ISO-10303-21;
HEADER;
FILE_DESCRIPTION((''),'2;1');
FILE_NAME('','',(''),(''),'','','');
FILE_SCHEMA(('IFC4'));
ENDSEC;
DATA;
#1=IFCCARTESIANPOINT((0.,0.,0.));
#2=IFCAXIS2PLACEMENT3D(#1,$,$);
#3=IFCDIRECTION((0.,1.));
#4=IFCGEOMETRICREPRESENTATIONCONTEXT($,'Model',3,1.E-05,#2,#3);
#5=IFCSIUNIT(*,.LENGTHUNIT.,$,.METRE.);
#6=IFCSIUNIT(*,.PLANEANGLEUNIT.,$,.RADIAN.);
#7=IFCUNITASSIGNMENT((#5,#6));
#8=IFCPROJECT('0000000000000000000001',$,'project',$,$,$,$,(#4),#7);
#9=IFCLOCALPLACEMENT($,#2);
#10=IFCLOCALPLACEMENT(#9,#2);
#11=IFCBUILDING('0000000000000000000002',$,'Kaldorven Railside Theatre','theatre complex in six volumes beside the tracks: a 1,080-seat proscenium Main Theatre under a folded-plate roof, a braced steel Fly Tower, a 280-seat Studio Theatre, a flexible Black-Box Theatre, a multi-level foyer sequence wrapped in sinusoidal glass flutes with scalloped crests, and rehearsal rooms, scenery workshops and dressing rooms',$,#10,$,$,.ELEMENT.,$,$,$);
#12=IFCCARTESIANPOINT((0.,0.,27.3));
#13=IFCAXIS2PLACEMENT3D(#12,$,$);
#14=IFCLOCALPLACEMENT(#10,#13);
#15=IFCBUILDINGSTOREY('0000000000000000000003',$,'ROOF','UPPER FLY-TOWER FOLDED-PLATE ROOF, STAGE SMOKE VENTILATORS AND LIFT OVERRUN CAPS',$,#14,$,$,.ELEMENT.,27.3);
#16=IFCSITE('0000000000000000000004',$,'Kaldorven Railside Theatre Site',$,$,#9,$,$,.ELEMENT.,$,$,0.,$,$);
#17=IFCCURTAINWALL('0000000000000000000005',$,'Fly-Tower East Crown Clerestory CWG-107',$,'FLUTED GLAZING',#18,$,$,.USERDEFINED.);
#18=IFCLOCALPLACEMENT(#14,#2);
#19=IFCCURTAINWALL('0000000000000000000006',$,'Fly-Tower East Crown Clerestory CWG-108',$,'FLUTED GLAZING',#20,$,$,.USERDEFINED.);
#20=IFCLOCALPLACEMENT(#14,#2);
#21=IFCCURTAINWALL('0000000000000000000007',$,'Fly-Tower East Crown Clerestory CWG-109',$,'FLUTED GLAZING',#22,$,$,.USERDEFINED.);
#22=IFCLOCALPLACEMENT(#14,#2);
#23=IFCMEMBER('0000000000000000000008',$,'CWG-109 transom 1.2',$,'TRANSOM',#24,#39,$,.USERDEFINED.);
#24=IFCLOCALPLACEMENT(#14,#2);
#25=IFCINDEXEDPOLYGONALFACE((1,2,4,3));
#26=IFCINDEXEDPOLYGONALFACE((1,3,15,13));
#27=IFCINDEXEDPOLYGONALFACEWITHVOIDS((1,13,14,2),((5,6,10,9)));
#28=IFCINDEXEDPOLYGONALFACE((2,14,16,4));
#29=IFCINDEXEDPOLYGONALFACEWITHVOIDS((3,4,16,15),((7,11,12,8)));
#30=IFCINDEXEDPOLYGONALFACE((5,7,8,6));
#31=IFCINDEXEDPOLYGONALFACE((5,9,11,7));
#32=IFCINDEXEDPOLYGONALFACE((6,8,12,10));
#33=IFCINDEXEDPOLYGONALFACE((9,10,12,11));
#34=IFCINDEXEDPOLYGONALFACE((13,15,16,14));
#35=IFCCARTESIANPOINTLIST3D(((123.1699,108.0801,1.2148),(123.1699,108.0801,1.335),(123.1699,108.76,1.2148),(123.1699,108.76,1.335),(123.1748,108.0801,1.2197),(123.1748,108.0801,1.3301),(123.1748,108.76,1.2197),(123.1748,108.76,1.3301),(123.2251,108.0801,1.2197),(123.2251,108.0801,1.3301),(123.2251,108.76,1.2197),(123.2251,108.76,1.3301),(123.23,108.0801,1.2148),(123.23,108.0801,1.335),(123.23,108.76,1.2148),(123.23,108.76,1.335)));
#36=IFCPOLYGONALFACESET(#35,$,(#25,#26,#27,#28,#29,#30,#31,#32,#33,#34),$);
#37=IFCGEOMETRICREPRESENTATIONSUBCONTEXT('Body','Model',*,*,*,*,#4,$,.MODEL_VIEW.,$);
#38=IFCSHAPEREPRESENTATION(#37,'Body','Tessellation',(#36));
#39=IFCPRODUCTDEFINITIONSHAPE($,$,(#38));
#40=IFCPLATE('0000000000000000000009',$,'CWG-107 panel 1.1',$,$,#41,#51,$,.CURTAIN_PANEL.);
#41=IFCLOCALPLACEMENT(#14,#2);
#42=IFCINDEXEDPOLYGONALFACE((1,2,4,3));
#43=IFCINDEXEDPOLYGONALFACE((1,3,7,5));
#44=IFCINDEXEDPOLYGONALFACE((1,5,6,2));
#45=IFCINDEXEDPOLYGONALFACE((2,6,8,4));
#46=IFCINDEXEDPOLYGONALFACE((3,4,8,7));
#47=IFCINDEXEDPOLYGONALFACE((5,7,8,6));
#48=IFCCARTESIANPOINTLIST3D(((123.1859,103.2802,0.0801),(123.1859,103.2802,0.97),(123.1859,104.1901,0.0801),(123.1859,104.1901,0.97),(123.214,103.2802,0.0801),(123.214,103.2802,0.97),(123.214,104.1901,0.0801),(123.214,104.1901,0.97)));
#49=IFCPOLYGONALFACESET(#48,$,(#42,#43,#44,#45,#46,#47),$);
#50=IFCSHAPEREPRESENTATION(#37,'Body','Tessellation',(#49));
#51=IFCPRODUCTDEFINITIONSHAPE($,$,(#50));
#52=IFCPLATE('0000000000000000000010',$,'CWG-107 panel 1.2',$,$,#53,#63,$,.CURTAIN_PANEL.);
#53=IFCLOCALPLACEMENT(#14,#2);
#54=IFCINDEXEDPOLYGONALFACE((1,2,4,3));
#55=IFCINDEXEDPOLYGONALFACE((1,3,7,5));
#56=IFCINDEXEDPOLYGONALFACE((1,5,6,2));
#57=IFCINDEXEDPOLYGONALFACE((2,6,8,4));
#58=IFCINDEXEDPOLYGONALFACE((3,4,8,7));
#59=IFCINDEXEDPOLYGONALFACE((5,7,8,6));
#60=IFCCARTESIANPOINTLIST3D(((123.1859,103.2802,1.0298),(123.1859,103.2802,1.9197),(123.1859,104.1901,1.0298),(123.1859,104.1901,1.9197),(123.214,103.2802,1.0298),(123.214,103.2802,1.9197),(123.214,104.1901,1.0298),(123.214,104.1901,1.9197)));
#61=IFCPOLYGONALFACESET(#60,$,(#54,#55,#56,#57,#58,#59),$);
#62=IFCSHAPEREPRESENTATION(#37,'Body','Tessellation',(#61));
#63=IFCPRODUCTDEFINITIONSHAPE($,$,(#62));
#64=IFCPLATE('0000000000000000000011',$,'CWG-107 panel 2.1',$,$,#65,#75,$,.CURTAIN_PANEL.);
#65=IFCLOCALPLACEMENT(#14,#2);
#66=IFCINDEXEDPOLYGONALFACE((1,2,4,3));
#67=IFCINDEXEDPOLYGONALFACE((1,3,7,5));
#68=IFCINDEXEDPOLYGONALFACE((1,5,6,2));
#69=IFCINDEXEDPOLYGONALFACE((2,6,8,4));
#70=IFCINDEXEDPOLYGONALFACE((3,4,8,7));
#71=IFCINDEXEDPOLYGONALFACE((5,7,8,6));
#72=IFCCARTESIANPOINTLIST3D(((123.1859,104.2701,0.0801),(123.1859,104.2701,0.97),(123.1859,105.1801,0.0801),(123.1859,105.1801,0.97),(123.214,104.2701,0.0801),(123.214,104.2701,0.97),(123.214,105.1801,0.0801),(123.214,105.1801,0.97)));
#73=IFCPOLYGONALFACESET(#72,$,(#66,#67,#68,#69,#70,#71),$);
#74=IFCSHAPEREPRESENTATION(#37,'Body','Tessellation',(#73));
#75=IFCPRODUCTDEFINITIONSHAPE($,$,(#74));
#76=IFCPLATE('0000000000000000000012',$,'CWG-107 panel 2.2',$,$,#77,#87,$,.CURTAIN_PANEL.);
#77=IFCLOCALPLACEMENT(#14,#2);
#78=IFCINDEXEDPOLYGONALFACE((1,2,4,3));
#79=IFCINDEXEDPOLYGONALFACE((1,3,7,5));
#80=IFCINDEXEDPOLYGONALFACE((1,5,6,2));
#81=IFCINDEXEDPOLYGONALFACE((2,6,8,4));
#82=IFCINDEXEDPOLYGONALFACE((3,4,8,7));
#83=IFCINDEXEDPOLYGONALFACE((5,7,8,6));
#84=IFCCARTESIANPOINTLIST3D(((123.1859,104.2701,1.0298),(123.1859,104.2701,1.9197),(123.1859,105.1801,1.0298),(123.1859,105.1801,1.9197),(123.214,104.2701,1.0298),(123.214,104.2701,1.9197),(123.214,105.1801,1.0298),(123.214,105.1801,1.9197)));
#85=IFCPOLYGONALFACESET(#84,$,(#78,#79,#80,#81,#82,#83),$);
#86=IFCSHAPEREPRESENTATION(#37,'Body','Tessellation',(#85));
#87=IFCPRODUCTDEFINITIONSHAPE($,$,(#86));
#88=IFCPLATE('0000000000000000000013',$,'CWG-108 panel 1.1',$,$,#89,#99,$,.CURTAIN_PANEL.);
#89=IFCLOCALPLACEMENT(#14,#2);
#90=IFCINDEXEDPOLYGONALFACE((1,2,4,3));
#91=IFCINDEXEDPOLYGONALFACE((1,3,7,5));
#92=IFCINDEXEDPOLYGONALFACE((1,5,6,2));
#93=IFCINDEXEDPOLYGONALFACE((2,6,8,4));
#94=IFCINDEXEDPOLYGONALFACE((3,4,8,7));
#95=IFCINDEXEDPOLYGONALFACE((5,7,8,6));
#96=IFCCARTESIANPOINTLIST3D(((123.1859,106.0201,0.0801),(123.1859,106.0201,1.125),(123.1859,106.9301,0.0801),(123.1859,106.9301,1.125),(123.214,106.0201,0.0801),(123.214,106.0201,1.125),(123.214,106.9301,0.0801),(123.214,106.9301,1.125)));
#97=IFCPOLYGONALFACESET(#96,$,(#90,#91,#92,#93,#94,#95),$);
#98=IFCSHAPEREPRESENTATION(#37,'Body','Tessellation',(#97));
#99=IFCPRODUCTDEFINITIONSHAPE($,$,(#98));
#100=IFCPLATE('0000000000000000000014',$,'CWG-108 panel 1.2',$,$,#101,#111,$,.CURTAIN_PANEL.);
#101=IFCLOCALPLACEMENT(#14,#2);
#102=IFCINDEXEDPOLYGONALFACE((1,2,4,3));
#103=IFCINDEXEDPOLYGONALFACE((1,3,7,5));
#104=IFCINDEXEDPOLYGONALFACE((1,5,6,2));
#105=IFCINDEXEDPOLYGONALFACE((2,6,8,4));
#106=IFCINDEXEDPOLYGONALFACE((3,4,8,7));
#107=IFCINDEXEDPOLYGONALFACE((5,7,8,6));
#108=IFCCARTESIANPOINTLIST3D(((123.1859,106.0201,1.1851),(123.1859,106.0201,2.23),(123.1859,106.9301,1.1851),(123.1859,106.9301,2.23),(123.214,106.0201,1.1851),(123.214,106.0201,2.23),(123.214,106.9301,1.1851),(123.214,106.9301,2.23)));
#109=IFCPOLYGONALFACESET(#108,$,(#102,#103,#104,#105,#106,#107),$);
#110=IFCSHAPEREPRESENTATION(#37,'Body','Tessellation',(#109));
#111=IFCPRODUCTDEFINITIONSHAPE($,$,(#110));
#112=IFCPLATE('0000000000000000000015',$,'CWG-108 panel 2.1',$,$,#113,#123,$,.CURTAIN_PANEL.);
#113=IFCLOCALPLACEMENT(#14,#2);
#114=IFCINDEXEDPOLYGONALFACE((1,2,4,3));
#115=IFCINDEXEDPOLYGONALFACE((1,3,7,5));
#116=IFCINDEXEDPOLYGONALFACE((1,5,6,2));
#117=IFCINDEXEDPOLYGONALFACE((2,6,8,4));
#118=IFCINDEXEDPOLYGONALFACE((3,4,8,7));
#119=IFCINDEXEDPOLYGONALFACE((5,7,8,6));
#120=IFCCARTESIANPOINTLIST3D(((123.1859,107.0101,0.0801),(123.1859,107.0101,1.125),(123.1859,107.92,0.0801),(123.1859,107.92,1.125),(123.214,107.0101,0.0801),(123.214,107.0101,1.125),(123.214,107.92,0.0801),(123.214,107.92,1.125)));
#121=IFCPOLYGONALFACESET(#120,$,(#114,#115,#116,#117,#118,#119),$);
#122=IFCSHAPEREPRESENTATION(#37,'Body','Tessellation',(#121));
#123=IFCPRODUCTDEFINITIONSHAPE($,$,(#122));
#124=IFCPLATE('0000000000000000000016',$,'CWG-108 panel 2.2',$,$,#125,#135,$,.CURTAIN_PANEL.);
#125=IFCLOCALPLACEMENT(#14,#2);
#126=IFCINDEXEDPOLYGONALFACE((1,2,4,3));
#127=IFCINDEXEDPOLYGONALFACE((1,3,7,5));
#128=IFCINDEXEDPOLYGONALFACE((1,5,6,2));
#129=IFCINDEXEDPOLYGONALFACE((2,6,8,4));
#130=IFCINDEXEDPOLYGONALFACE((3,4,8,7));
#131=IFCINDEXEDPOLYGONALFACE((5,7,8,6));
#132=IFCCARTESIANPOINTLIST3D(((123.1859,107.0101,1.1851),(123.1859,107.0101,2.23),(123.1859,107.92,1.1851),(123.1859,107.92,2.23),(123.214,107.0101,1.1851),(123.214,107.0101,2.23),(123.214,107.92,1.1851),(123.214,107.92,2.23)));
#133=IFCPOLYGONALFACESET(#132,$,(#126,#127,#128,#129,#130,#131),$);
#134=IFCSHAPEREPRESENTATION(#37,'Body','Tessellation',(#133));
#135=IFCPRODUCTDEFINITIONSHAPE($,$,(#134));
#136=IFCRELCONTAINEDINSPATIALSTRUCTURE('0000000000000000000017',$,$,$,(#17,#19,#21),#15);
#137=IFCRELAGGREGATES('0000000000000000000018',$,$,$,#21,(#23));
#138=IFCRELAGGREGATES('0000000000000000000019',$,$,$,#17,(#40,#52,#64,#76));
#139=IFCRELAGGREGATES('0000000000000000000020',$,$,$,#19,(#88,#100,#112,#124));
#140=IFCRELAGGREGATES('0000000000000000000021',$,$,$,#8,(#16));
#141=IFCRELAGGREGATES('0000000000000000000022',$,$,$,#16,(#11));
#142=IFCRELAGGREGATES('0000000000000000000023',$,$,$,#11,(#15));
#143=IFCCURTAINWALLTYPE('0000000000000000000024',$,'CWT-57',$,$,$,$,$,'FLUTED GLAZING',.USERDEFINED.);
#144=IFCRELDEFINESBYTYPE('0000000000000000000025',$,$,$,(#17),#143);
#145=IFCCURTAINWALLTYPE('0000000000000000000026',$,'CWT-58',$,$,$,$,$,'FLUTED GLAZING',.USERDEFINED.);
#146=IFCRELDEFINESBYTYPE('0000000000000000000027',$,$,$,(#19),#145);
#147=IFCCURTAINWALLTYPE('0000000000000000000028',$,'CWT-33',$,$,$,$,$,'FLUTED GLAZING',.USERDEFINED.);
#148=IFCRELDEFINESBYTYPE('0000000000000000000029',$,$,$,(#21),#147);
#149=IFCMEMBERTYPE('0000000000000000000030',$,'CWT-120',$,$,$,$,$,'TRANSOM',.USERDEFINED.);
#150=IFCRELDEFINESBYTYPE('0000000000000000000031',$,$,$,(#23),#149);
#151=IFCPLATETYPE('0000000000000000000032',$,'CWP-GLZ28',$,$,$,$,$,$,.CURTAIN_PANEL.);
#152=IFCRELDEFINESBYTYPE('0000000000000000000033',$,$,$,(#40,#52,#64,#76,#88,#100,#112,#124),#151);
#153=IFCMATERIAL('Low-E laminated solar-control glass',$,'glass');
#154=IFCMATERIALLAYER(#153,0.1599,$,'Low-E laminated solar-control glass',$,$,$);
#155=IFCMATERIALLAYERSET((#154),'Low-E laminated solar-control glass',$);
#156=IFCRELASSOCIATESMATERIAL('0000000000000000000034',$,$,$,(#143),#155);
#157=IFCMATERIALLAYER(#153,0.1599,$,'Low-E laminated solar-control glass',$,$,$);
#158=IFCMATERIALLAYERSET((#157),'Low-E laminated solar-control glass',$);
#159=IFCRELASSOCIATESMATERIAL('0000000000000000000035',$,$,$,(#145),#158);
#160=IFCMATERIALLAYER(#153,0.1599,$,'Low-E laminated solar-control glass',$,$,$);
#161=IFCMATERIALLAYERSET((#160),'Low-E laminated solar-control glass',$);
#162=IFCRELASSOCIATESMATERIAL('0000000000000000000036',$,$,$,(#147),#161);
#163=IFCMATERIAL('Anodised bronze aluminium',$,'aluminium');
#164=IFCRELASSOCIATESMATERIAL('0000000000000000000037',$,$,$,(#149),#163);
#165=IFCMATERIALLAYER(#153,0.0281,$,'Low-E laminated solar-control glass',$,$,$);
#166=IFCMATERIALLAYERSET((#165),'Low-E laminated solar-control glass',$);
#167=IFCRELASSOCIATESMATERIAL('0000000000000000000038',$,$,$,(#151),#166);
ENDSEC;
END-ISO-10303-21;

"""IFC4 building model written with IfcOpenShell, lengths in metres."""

from ifc_helpers import new_model, si_unit, direction, frame, origin, origin_2d, place, context, subcontext, project, spatial, rectangle, hollow_rectangle, extrude, material, layer, layer_set, material_profile, profile_set, type_object, element, aggregate, save


model = new_model("IFC4")

# Units and contexts
model_context = context("Model", 3, precision=1e-05, world=origin(), true_north=direction((0.0, 1.0)))
body_context = subcontext(model_context, "Body", "Model", "MODEL_VIEW")
ifc_project = project(units=[si_unit("LENGTHUNIT", "METRE"), si_unit("PLANEANGLEUNIT", "RADIAN")], contexts=[model_context])

# Site, building, storey
site_placement = place(None, origin())
site = spatial("IfcSite", under=ifc_project, at=site_placement, Name="Kaldorven Railside Theatre Site", CompositionType="ELEMENT", RefElevation=0.0)
building_placement = place(site_placement, origin())
building = spatial("IfcBuilding", under=site, at=building_placement, Name="Kaldorven Railside Theatre", Description="theatre complex in six volumes beside the tracks: a 1,080-seat proscenium Main Theatre under a folded-plate roof, a braced steel Fly Tower, a 280-seat Studio Theatre, a flexible Black-Box Theatre, a multi-level foyer sequence wrapped in sinusoidal glass flutes with scalloped crests, and rehearsal rooms, scenery workshops and dressing rooms", CompositionType="ELEMENT")
storey_placement = place(building_placement, frame((0.0, 0.0, 27.3)))
storey = spatial("IfcBuildingStorey", under=building, at=storey_placement, Name="ROOF", Description="UPPER FLY-TOWER FOLDED-PLATE ROOF, STAGE SMOKE VENTILATORS AND LIFT OVERRUN CAPS", CompositionType="ELEMENT", Elevation=27.3)

# Curtain walls
ifc_material_1 = material(Name="Low-E laminated solar-control glass", Category="glass")
ifc_layer_1 = layer(ifc_material_1, 0.1599, Name="Low-E laminated solar-control glass")
ifc_layer_set_1 = layer_set([ifc_layer_1], Name="Low-E laminated solar-control glass")
curtain_wall_type_1 = type_object("IfcCurtainWallType", Name="CWT-57", ElementType="FLUTED GLAZING", PredefinedType="USERDEFINED", material=ifc_layer_set_1)
curtain_wall_1_placement = place(storey_placement, origin())
curtain_wall_1 = element("IfcCurtainWall", 1, at=curtain_wall_1_placement, inside=storey, type_object=curtain_wall_type_1, Name="Fly-Tower East Crown Clerestory CWG-107", ObjectType="FLUTED GLAZING", PredefinedType="USERDEFINED")
ifc_material_2 = material(Name="Anodised bronze aluminium", Category="aluminium")
ifc_layer_2 = layer(ifc_material_1, 0.1599, Name="Low-E laminated solar-control glass")
ifc_layer_set_2 = layer_set([ifc_layer_2], Name="Low-E laminated solar-control glass")
curtain_wall_type_2 = type_object("IfcCurtainWallType", Name="CWT-58", ElementType="FLUTED GLAZING", PredefinedType="USERDEFINED", material=ifc_layer_set_2)
curtain_wall_2_placement = place(storey_placement, origin())
curtain_wall_2 = element("IfcCurtainWall", 2, at=curtain_wall_2_placement, inside=storey, type_object=curtain_wall_type_2, Name="Fly-Tower East Crown Clerestory CWG-108", ObjectType="FLUTED GLAZING", PredefinedType="USERDEFINED")

# Curtain wall
ifc_layer_3 = layer(ifc_material_1, 0.1599, Name="Low-E laminated solar-control glass")
ifc_layer_set_3 = layer_set([ifc_layer_3], Name="Low-E laminated solar-control glass")
curtain_wall_type_3 = type_object("IfcCurtainWallType", Name="CWT-33", ElementType="FLUTED GLAZING", PredefinedType="USERDEFINED", material=ifc_layer_set_3)
curtain_wall_3_placement = place(storey_placement, origin())
curtain_wall_3 = element("IfcCurtainWall", 3, at=curtain_wall_3_placement, inside=storey, type_object=curtain_wall_type_3, Name="Fly-Tower East Crown Clerestory CWG-109", ObjectType="FLUTED GLAZING", PredefinedType="USERDEFINED")

# Member
ifc_material_profile_1 = material_profile(ifc_material_2, hollow_rectangle(XDim=0.0601, YDim=0.1201, WallThickness=0.0049, at=origin_2d()), Name="RHS 120x60x5")
ifc_profile_set_1 = profile_set([ifc_material_profile_1], Name="Anodised bronze aluminium")
member_type_1 = type_object("IfcMemberType", Name="CWT-120", ElementType="TRANSOM", PredefinedType="USERDEFINED", material=ifc_profile_set_1)
member_1_placement = place(storey_placement, frame((123.2, 108.0801, 1.2749), z_axis=(0.0, 1.0, 0.0), x_axis=(-1.0, 0.0, 0.0)))
member_1 = element("IfcMember", 4, at=member_1_placement, type_object=member_type_1, Name="CWG-109 transom 1.2", ObjectType="TRANSOM", PredefinedType="USERDEFINED", context=body_context, shape_type="SweptSolid", body=[
    extrude(hollow_rectangle(XDim=0.0601, YDim=0.1201, WallThickness=0.0049, at=origin_2d()), origin(), (0.0, 0.0, 1.0), 0.6799),
])
aggregate(curtain_wall_3, [member_1])

# Plates
ifc_layer_4 = layer(ifc_material_1, 0.0281, Name="Low-E laminated solar-control glass")
ifc_layer_set_4 = layer_set([ifc_layer_4], Name="Low-E laminated solar-control glass")
plate_type = type_object("IfcPlateType", Name="CWP-GLZ28", PredefinedType="CURTAIN_PANEL", material=ifc_layer_set_4)
plate_1_placement = place(storey_placement, frame((123.2, 103.7351, 0.0801), z_axis=(0.0, 0.0, 1.0), x_axis=(0.0, 1.0, 0.0)))
plate_1 = element("IfcPlate", 5, at=plate_1_placement, type_object=plate_type, Name="CWG-107 panel 1.1", PredefinedType="CURTAIN_PANEL", context=body_context, shape_type="SweptSolid", body=[
    extrude(rectangle(XDim=0.9099, YDim=0.0281, at=origin_2d()), origin(), (0.0, 0.0, 1.0), 0.8899),
])
plate_2_placement = place(storey_placement, frame((123.2, 103.7351, 1.0298), z_axis=(0.0, 0.0, 1.0), x_axis=(0.0, 1.0, 0.0)))
plate_2 = element("IfcPlate", 6, at=plate_2_placement, type_object=plate_type, Name="CWG-107 panel 1.2", PredefinedType="CURTAIN_PANEL", context=body_context, shape_type="SweptSolid", body=[
    extrude(rectangle(XDim=0.9099, YDim=0.0281, at=origin_2d()), origin(), (0.0, 0.0, 1.0), 0.8899),
])
plate_3_placement = place(storey_placement, frame((123.2, 104.7251, 0.0801), z_axis=(0.0, 0.0, 1.0), x_axis=(0.0, 1.0, 0.0)))
plate_3 = element("IfcPlate", 7, at=plate_3_placement, type_object=plate_type, Name="CWG-107 panel 2.1", PredefinedType="CURTAIN_PANEL", context=body_context, shape_type="SweptSolid", body=[
    extrude(rectangle(XDim=0.9099, YDim=0.0281, at=origin_2d()), origin(), (0.0, 0.0, 1.0), 0.8899),
])
plate_4_placement = place(storey_placement, frame((123.2, 104.7251, 1.0298), z_axis=(0.0, 0.0, 1.0), x_axis=(0.0, 1.0, 0.0)))
plate_4 = element("IfcPlate", 8, at=plate_4_placement, type_object=plate_type, Name="CWG-107 panel 2.2", PredefinedType="CURTAIN_PANEL", context=body_context, shape_type="SweptSolid", body=[
    extrude(rectangle(XDim=0.9099, YDim=0.0281, at=origin_2d()), origin(), (0.0, 0.0, 1.0), 0.8899),
])
aggregate(curtain_wall_1, [plate_1, plate_2, plate_3, plate_4])
plate_5_placement = place(storey_placement, frame((123.2, 106.4751, 0.0801), z_axis=(0.0, 0.0, 1.0), x_axis=(0.0, 1.0, 0.0)))
plate_5 = element("IfcPlate", 9, at=plate_5_placement, type_object=plate_type, Name="CWG-108 panel 1.1", PredefinedType="CURTAIN_PANEL", context=body_context, shape_type="SweptSolid", body=[
    extrude(rectangle(XDim=0.9099, YDim=0.0281, at=origin_2d()), origin(), (0.0, 0.0, 1.0), 1.0449),
])
plate_6_placement = place(storey_placement, frame((123.2, 106.4751, 1.1851), z_axis=(0.0, 0.0, 1.0), x_axis=(0.0, 1.0, 0.0)))
plate_6 = element("IfcPlate", 10, at=plate_6_placement, type_object=plate_type, Name="CWG-108 panel 1.2", PredefinedType="CURTAIN_PANEL", context=body_context, shape_type="SweptSolid", body=[
    extrude(rectangle(XDim=0.9099, YDim=0.0281, at=origin_2d()), origin(), (0.0, 0.0, 1.0), 1.0449),
])
plate_7_placement = place(storey_placement, frame((123.2, 107.4651, 0.0801), z_axis=(0.0, 0.0, 1.0), x_axis=(0.0, 1.0, 0.0)))
plate_7 = element("IfcPlate", 11, at=plate_7_placement, type_object=plate_type, Name="CWG-108 panel 2.1", PredefinedType="CURTAIN_PANEL", context=body_context, shape_type="SweptSolid", body=[
    extrude(rectangle(XDim=0.9099, YDim=0.0281, at=origin_2d()), origin(), (0.0, 0.0, 1.0), 1.0449),
])
plate_8_placement = place(storey_placement, frame((123.2, 107.4651, 1.1851), z_axis=(0.0, 0.0, 1.0), x_axis=(0.0, 1.0, 0.0)))
plate_8 = element("IfcPlate", 12, at=plate_8_placement, type_object=plate_type, Name="CWG-108 panel 2.2", PredefinedType="CURTAIN_PANEL", context=body_context, shape_type="SweptSolid", body=[
    extrude(rectangle(XDim=0.9099, YDim=0.0281, at=origin_2d()), origin(), (0.0, 0.0, 1.0), 1.0449),
])
aggregate(curtain_wall_2, [plate_5, plate_6, plate_7, plate_8])

save(model, "model.ifc")
